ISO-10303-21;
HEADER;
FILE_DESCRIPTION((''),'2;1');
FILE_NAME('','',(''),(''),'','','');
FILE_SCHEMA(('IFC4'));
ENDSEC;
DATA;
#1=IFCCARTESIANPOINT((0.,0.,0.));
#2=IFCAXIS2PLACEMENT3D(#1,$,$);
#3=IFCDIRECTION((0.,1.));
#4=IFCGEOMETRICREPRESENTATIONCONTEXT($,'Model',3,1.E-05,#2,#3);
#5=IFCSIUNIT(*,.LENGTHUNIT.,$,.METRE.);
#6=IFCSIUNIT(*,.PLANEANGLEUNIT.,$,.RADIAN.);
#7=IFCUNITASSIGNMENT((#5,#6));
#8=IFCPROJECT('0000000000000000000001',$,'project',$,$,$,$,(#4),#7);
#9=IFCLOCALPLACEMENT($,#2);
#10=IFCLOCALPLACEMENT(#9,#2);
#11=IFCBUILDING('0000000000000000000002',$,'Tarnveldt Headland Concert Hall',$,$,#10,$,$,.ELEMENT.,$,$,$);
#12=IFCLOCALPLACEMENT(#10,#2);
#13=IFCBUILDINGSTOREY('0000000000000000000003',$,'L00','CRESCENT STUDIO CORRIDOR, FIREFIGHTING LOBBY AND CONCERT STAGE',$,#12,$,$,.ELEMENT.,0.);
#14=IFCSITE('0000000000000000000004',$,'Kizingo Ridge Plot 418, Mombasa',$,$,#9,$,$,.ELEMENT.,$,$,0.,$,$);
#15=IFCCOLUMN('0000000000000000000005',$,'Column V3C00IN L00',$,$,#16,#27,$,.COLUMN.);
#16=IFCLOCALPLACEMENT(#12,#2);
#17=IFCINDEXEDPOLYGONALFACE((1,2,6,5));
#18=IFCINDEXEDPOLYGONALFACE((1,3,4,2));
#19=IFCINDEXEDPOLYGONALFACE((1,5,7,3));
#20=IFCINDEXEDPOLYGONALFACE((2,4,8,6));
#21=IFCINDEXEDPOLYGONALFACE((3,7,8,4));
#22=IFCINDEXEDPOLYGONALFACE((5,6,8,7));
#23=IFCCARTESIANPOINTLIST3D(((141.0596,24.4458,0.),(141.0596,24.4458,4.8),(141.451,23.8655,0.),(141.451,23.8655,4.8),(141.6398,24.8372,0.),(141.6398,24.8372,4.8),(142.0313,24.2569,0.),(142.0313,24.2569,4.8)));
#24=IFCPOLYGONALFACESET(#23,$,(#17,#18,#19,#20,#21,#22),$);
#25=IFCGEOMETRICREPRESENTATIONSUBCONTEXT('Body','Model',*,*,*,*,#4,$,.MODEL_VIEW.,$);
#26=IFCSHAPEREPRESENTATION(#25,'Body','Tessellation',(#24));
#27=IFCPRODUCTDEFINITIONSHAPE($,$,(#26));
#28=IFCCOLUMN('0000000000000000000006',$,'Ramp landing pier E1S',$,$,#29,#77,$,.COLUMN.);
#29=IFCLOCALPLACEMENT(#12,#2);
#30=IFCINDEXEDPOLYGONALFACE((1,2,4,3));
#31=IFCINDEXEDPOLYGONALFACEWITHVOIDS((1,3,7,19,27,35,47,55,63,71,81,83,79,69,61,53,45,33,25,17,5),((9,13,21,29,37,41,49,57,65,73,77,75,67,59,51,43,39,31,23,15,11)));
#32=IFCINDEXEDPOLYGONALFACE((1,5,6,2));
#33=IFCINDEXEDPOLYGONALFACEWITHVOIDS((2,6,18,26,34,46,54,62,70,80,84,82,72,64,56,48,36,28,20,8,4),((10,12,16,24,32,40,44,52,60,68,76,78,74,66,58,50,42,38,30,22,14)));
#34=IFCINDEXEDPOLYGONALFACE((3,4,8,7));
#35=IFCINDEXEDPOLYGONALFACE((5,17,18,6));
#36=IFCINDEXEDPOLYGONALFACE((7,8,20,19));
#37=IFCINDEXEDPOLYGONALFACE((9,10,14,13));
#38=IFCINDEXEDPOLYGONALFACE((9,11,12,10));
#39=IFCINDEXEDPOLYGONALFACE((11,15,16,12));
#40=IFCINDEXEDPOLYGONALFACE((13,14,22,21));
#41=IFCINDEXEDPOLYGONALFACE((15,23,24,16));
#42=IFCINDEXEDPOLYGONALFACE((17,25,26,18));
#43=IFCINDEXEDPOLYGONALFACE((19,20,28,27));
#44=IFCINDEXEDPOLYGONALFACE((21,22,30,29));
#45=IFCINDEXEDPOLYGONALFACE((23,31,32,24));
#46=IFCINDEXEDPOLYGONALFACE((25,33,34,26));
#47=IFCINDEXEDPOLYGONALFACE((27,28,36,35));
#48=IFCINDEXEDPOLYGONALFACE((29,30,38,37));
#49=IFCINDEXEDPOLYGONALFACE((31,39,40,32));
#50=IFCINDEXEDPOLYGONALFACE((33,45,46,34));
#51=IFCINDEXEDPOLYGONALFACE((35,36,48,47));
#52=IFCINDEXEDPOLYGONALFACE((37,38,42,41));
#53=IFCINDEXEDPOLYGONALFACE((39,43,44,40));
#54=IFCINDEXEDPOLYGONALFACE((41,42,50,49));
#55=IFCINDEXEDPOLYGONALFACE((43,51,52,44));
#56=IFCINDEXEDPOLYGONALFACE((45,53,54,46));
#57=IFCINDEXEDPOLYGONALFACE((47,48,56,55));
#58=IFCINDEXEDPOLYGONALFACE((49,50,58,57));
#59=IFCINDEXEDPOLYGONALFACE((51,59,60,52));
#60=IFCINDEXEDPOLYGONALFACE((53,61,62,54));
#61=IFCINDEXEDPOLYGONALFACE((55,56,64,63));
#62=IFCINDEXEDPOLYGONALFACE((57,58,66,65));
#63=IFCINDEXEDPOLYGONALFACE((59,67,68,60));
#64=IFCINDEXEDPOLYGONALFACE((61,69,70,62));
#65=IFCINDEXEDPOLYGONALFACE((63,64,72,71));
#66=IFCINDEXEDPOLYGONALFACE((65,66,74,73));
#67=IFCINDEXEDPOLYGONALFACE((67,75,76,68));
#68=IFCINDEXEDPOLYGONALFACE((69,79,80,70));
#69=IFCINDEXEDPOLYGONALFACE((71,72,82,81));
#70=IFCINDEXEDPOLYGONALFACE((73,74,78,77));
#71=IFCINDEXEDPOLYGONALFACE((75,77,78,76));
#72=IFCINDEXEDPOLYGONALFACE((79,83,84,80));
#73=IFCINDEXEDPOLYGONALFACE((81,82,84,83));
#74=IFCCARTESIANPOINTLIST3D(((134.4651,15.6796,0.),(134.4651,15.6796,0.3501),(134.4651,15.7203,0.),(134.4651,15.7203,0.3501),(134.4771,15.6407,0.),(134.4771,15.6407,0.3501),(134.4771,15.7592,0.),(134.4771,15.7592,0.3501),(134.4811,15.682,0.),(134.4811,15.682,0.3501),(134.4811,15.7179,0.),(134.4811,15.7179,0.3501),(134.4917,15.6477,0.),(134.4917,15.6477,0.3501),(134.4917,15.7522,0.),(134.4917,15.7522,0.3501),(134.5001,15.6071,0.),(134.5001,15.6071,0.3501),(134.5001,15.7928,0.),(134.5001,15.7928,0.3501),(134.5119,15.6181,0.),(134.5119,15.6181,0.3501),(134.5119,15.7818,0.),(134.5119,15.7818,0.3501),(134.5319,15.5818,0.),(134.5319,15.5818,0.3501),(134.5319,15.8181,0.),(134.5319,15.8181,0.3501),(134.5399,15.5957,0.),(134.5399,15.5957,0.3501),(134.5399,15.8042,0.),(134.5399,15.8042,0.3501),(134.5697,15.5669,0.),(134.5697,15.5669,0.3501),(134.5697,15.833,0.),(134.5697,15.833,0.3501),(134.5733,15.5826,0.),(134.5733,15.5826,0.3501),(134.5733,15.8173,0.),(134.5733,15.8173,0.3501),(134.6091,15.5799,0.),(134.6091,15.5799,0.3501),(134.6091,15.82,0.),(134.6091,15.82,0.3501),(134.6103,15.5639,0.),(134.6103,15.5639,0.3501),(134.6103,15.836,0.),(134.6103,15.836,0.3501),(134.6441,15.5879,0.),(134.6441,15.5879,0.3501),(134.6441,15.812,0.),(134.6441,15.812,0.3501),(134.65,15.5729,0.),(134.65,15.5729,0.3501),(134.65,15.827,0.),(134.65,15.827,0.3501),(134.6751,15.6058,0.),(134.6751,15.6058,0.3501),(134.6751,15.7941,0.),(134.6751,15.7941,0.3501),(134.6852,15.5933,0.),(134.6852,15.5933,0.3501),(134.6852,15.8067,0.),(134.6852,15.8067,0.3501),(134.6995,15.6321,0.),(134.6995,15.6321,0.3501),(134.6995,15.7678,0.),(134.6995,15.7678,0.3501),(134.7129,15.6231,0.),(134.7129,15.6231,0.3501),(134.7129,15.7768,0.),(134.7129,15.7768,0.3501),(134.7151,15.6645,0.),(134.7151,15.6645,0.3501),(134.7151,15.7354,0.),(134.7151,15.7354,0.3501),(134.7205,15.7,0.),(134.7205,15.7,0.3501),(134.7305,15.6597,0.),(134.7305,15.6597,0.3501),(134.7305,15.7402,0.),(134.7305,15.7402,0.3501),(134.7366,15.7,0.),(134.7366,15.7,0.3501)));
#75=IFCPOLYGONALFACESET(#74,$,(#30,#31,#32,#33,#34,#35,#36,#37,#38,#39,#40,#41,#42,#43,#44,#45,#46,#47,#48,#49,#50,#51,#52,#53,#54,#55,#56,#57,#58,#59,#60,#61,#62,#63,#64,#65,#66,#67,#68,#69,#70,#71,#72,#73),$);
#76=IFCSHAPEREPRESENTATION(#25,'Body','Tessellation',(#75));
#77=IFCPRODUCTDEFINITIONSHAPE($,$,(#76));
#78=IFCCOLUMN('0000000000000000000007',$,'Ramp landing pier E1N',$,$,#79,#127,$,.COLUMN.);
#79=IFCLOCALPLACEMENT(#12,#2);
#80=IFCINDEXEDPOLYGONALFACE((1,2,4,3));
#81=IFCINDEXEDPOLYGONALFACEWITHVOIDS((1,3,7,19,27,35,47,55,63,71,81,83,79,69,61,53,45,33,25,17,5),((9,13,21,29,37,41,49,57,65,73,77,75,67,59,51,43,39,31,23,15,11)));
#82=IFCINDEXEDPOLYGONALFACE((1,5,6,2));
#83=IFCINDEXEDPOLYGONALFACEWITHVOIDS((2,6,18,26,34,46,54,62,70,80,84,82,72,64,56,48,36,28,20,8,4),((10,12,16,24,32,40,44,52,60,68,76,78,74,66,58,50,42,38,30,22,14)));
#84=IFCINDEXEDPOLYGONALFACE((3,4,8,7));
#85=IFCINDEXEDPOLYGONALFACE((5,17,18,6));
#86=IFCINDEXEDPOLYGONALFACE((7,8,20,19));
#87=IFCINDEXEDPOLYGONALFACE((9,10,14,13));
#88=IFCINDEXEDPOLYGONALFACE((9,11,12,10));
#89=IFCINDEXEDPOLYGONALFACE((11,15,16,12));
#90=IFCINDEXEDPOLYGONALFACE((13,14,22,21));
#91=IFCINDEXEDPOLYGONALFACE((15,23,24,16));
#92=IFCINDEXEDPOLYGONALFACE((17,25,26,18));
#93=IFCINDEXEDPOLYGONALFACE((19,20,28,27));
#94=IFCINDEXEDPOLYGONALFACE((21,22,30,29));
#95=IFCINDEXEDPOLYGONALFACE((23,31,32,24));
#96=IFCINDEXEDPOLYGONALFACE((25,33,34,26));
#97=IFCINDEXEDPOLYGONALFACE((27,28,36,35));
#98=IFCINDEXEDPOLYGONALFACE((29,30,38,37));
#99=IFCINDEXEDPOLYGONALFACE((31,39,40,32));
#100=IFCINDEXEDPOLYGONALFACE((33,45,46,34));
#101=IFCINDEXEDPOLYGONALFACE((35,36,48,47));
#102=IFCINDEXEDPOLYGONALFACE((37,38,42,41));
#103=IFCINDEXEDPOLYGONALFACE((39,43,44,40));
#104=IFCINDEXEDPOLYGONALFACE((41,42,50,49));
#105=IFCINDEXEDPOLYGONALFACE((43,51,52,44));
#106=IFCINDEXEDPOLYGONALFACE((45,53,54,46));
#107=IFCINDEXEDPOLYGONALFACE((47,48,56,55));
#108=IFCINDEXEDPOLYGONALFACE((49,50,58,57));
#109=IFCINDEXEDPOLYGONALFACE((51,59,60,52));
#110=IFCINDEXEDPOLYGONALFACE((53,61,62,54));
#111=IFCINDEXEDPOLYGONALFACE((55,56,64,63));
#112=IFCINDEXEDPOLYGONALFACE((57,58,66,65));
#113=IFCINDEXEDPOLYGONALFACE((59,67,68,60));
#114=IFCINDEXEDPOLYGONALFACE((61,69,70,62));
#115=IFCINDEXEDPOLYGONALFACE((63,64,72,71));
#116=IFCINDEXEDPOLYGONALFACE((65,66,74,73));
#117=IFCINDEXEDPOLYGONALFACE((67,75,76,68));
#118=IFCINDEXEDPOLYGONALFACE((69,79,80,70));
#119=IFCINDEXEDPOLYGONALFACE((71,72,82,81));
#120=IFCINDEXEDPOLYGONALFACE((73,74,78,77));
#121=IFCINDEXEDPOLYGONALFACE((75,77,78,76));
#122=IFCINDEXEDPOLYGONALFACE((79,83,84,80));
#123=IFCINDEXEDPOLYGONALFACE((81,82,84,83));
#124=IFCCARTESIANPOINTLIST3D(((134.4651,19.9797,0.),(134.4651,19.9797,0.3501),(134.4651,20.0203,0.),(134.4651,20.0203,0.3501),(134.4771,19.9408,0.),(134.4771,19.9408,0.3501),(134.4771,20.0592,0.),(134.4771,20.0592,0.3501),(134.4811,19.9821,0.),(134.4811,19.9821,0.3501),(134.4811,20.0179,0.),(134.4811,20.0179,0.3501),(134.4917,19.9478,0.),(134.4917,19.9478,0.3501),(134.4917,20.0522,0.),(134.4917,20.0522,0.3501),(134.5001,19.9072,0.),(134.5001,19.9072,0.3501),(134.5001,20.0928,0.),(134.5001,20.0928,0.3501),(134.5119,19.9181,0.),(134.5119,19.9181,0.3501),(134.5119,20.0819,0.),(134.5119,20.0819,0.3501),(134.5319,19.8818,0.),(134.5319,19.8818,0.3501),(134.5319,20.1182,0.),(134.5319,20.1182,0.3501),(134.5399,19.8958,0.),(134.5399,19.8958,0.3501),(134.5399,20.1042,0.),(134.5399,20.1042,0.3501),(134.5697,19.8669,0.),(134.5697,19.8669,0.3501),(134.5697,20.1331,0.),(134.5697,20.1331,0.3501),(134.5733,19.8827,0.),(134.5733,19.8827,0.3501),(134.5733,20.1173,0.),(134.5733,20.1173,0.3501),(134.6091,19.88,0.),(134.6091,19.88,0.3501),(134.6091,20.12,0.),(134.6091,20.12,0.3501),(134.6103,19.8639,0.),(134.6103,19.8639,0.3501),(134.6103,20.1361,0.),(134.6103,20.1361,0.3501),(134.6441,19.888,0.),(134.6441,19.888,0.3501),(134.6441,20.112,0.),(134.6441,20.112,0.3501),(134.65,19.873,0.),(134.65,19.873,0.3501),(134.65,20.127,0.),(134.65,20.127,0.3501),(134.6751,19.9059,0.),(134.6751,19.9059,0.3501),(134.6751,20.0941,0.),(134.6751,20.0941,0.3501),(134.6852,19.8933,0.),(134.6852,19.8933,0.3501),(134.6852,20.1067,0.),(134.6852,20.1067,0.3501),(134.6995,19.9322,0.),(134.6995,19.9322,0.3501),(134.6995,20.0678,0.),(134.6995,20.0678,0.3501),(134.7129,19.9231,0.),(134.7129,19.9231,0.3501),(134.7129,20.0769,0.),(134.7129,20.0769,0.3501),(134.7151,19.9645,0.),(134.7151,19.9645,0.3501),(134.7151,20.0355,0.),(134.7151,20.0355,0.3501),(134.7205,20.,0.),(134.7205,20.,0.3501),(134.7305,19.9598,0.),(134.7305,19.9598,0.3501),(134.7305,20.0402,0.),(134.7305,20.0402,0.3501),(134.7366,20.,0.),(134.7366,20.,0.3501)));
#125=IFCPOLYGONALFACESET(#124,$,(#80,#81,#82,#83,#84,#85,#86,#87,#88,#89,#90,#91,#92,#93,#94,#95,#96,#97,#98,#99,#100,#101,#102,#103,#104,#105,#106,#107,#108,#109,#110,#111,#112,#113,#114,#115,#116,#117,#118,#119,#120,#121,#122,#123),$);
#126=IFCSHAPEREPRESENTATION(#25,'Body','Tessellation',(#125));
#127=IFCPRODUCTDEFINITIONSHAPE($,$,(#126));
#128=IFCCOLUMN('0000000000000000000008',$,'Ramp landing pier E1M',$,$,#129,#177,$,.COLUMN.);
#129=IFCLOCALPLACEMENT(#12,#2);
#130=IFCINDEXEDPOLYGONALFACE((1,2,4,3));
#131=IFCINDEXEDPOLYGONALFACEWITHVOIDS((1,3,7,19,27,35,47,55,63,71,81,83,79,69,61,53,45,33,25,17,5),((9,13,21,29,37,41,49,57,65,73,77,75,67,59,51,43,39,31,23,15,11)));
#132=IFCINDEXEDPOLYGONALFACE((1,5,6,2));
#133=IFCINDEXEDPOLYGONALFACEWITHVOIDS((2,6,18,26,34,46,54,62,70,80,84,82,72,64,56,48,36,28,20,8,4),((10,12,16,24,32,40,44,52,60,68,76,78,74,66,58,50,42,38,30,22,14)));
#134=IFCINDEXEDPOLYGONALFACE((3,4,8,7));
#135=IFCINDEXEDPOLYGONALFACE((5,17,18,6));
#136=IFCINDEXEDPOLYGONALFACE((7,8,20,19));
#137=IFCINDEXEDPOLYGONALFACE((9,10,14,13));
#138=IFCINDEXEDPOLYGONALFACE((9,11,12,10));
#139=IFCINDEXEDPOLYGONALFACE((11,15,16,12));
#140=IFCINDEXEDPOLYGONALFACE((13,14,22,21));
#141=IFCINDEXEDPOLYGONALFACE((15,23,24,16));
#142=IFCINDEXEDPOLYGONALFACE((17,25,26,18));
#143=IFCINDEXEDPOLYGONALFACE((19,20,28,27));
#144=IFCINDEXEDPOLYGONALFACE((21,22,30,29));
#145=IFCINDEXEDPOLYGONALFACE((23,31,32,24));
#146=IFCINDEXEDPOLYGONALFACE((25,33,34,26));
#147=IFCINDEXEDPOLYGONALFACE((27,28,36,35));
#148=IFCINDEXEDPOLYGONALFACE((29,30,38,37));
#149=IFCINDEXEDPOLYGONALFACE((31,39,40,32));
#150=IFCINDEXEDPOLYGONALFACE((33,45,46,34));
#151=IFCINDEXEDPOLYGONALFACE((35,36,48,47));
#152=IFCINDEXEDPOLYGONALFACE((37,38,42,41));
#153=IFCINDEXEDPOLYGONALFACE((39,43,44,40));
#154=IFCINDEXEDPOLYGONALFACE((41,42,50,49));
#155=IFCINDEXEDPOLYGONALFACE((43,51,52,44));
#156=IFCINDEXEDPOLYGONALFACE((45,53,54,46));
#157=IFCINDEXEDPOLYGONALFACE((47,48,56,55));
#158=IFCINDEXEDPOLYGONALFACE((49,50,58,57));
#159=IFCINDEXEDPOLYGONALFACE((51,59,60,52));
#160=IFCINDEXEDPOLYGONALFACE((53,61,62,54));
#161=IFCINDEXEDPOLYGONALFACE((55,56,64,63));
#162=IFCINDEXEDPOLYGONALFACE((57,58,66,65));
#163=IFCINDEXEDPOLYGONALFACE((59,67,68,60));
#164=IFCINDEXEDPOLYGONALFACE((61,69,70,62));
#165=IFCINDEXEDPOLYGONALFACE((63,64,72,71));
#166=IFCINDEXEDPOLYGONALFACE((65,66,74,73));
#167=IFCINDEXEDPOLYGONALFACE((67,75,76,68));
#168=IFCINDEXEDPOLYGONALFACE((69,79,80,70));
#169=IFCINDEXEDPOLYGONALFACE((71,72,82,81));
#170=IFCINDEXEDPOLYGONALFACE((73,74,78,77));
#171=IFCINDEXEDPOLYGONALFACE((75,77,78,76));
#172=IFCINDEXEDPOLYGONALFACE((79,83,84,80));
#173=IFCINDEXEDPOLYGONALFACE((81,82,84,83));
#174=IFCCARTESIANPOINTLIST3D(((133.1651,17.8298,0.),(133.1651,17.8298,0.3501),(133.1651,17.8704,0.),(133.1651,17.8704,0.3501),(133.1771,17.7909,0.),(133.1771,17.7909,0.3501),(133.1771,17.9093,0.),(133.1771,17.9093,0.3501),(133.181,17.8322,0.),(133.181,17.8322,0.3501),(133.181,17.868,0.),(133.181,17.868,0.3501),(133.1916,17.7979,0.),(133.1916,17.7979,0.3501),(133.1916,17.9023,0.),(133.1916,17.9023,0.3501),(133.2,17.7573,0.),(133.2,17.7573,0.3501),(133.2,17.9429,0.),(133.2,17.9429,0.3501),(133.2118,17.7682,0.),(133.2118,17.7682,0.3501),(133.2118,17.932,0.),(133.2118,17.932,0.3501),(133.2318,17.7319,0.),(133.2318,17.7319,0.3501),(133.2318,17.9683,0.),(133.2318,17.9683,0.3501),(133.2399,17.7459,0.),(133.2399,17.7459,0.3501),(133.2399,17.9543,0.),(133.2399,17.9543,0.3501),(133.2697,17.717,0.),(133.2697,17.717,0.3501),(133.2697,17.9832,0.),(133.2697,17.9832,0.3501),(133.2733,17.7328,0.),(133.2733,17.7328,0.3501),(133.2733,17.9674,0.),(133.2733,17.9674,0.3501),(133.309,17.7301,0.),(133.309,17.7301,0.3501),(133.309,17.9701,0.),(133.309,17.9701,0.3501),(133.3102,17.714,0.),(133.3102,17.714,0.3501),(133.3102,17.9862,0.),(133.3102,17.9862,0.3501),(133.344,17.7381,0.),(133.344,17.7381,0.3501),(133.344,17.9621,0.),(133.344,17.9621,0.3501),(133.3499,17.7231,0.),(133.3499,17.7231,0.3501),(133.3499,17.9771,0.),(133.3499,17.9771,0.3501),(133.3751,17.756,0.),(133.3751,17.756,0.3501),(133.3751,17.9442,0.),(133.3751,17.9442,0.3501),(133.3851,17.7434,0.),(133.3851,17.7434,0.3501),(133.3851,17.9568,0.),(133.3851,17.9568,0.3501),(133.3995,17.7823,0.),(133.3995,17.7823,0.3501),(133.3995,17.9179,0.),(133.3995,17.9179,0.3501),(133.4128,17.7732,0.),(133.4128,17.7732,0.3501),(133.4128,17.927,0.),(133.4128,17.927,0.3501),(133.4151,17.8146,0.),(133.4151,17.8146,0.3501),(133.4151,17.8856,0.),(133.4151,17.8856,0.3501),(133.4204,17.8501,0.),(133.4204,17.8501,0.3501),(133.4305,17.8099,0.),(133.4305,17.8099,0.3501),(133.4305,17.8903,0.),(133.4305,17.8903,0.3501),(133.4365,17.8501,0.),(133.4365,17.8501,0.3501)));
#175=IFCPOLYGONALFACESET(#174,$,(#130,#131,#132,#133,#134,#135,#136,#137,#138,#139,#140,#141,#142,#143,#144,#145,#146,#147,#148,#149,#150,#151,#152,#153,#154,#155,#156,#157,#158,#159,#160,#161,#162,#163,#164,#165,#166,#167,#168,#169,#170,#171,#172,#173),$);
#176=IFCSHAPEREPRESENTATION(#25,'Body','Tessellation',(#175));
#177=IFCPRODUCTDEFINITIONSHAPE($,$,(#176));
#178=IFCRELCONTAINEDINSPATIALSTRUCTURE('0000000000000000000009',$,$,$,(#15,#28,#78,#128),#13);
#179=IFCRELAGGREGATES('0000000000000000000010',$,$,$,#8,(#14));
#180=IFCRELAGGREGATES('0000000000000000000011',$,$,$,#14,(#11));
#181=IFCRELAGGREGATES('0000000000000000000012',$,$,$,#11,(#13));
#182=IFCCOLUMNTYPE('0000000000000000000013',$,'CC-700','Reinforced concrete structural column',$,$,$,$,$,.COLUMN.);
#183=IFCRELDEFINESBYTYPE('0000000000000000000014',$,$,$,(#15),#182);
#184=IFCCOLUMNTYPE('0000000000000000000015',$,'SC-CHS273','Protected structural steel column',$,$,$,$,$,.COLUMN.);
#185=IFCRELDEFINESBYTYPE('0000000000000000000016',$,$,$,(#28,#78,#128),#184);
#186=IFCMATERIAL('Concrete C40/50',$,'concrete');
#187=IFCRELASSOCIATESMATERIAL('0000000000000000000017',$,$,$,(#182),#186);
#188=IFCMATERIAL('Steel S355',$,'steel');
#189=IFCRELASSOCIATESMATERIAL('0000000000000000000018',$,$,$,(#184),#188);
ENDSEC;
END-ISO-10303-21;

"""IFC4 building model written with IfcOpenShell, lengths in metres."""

from ifc_helpers import new_model, si_unit, direction, frame, origin, origin_2d, place, context, subcontext, project, spatial, rectangle, hollow_circle, extrude, material, material_profile, profile_set, type_object, element, save


model = new_model("IFC4")

# Units and contexts
model_context = context("Model", 3, precision=1e-05, world=origin(), true_north=direction((0.0, 1.0)))
body_context = subcontext(model_context, "Body", "Model", "MODEL_VIEW")
ifc_project = project(units=[si_unit("LENGTHUNIT", "METRE"), si_unit("PLANEANGLEUNIT", "RADIAN")], contexts=[model_context])

# Site, building, storey
site_placement = place(None, origin())
site = spatial("IfcSite", under=ifc_project, at=site_placement, Name="Kizingo Ridge Plot 418, Mombasa", CompositionType="ELEMENT", RefElevation=0.0)
building_placement = place(site_placement, origin())
building = spatial("IfcBuilding", under=site, at=building_placement, Name="Tarnveldt Headland Concert Hall", CompositionType="ELEMENT")
storey_placement = place(building_placement, origin())
storey = spatial("IfcBuildingStorey", under=building, at=storey_placement, Name="L00", Description="CRESCENT STUDIO CORRIDOR, FIREFIGHTING LOBBY AND CONCERT STAGE", CompositionType="ELEMENT", Elevation=0.0)

# Columns
ifc_material_1 = material(Name="Concrete C40/50", Category="concrete")
ifc_material_profile_1 = material_profile(ifc_material_1, rectangle(XDim=0.7, YDim=0.7, at=origin_2d()), Name="RC 700x700", Category="concrete")
ifc_profile_set_1 = profile_set([ifc_material_profile_1], Name="Concrete C40/50")
column_type_1 = type_object("IfcColumnType", Name="CC-700", Description="Reinforced concrete structural column", PredefinedType="COLUMN", material=ifc_profile_set_1)
column_1_placement = place(storey_placement, frame((141.5454, 24.3513, 0.0), z_axis=(0.0, 0.0, 1.0), x_axis=(0.559193, -0.829038, 0.0)))
element("IfcColumn", 1, at=column_1_placement, inside=storey, type_object=column_type_1, Name="Column V3C00IN L00", PredefinedType="COLUMN", context=body_context, shape_type="SweptSolid", body=[
    extrude(rectangle(XDim=0.7, YDim=0.7, at=origin_2d()), origin(), (0.0, 0.0, 1.0), 4.8),
])
ifc_material_2 = material(Name="Steel S355", Category="steel")
ifc_material_profile_2 = material_profile(ifc_material_2, hollow_circle(Radius=0.1365, WallThickness=0.0161, at=origin_2d()), Name="CHS 273x16", Category="steel")
ifc_profile_set_2 = profile_set([ifc_material_profile_2], Name="Steel S355")
column_type_2 = type_object("IfcColumnType", Name="SC-CHS273", Description="Protected structural steel column", PredefinedType="COLUMN", material=ifc_profile_set_2)
for number, where, z_axis, x_axis, name in (
    (2, (134.6001, 15.7, 0.0), (0.0, 0.0, 1.0), (1.0, 0.0, 0.0), "Ramp landing pier E1S"),
    (3, (134.6001, 20.0, 0.0), (0.0, 0.0, 1.0), (1.0, 0.0, 0.0), "Ramp landing pier E1N"),
    (4, (133.3, 17.8501, 0.0), (0.0, 0.0, 1.0), (1.0, 0.0, 0.0), "Ramp landing pier E1M"),
):
    element("IfcColumn", number, at=place(storey_placement, frame(where, z_axis=z_axis, x_axis=x_axis)), inside=storey, type_object=column_type_2, Name=name, PredefinedType="COLUMN", context=body_context, shape_type="SweptSolid", body=[
        extrude(hollow_circle(Radius=0.1365, WallThickness=0.0161, at=origin_2d()), origin(), (0.0, 0.0, 1.0), 0.3501),
    ])

save(model, "model.ifc")
